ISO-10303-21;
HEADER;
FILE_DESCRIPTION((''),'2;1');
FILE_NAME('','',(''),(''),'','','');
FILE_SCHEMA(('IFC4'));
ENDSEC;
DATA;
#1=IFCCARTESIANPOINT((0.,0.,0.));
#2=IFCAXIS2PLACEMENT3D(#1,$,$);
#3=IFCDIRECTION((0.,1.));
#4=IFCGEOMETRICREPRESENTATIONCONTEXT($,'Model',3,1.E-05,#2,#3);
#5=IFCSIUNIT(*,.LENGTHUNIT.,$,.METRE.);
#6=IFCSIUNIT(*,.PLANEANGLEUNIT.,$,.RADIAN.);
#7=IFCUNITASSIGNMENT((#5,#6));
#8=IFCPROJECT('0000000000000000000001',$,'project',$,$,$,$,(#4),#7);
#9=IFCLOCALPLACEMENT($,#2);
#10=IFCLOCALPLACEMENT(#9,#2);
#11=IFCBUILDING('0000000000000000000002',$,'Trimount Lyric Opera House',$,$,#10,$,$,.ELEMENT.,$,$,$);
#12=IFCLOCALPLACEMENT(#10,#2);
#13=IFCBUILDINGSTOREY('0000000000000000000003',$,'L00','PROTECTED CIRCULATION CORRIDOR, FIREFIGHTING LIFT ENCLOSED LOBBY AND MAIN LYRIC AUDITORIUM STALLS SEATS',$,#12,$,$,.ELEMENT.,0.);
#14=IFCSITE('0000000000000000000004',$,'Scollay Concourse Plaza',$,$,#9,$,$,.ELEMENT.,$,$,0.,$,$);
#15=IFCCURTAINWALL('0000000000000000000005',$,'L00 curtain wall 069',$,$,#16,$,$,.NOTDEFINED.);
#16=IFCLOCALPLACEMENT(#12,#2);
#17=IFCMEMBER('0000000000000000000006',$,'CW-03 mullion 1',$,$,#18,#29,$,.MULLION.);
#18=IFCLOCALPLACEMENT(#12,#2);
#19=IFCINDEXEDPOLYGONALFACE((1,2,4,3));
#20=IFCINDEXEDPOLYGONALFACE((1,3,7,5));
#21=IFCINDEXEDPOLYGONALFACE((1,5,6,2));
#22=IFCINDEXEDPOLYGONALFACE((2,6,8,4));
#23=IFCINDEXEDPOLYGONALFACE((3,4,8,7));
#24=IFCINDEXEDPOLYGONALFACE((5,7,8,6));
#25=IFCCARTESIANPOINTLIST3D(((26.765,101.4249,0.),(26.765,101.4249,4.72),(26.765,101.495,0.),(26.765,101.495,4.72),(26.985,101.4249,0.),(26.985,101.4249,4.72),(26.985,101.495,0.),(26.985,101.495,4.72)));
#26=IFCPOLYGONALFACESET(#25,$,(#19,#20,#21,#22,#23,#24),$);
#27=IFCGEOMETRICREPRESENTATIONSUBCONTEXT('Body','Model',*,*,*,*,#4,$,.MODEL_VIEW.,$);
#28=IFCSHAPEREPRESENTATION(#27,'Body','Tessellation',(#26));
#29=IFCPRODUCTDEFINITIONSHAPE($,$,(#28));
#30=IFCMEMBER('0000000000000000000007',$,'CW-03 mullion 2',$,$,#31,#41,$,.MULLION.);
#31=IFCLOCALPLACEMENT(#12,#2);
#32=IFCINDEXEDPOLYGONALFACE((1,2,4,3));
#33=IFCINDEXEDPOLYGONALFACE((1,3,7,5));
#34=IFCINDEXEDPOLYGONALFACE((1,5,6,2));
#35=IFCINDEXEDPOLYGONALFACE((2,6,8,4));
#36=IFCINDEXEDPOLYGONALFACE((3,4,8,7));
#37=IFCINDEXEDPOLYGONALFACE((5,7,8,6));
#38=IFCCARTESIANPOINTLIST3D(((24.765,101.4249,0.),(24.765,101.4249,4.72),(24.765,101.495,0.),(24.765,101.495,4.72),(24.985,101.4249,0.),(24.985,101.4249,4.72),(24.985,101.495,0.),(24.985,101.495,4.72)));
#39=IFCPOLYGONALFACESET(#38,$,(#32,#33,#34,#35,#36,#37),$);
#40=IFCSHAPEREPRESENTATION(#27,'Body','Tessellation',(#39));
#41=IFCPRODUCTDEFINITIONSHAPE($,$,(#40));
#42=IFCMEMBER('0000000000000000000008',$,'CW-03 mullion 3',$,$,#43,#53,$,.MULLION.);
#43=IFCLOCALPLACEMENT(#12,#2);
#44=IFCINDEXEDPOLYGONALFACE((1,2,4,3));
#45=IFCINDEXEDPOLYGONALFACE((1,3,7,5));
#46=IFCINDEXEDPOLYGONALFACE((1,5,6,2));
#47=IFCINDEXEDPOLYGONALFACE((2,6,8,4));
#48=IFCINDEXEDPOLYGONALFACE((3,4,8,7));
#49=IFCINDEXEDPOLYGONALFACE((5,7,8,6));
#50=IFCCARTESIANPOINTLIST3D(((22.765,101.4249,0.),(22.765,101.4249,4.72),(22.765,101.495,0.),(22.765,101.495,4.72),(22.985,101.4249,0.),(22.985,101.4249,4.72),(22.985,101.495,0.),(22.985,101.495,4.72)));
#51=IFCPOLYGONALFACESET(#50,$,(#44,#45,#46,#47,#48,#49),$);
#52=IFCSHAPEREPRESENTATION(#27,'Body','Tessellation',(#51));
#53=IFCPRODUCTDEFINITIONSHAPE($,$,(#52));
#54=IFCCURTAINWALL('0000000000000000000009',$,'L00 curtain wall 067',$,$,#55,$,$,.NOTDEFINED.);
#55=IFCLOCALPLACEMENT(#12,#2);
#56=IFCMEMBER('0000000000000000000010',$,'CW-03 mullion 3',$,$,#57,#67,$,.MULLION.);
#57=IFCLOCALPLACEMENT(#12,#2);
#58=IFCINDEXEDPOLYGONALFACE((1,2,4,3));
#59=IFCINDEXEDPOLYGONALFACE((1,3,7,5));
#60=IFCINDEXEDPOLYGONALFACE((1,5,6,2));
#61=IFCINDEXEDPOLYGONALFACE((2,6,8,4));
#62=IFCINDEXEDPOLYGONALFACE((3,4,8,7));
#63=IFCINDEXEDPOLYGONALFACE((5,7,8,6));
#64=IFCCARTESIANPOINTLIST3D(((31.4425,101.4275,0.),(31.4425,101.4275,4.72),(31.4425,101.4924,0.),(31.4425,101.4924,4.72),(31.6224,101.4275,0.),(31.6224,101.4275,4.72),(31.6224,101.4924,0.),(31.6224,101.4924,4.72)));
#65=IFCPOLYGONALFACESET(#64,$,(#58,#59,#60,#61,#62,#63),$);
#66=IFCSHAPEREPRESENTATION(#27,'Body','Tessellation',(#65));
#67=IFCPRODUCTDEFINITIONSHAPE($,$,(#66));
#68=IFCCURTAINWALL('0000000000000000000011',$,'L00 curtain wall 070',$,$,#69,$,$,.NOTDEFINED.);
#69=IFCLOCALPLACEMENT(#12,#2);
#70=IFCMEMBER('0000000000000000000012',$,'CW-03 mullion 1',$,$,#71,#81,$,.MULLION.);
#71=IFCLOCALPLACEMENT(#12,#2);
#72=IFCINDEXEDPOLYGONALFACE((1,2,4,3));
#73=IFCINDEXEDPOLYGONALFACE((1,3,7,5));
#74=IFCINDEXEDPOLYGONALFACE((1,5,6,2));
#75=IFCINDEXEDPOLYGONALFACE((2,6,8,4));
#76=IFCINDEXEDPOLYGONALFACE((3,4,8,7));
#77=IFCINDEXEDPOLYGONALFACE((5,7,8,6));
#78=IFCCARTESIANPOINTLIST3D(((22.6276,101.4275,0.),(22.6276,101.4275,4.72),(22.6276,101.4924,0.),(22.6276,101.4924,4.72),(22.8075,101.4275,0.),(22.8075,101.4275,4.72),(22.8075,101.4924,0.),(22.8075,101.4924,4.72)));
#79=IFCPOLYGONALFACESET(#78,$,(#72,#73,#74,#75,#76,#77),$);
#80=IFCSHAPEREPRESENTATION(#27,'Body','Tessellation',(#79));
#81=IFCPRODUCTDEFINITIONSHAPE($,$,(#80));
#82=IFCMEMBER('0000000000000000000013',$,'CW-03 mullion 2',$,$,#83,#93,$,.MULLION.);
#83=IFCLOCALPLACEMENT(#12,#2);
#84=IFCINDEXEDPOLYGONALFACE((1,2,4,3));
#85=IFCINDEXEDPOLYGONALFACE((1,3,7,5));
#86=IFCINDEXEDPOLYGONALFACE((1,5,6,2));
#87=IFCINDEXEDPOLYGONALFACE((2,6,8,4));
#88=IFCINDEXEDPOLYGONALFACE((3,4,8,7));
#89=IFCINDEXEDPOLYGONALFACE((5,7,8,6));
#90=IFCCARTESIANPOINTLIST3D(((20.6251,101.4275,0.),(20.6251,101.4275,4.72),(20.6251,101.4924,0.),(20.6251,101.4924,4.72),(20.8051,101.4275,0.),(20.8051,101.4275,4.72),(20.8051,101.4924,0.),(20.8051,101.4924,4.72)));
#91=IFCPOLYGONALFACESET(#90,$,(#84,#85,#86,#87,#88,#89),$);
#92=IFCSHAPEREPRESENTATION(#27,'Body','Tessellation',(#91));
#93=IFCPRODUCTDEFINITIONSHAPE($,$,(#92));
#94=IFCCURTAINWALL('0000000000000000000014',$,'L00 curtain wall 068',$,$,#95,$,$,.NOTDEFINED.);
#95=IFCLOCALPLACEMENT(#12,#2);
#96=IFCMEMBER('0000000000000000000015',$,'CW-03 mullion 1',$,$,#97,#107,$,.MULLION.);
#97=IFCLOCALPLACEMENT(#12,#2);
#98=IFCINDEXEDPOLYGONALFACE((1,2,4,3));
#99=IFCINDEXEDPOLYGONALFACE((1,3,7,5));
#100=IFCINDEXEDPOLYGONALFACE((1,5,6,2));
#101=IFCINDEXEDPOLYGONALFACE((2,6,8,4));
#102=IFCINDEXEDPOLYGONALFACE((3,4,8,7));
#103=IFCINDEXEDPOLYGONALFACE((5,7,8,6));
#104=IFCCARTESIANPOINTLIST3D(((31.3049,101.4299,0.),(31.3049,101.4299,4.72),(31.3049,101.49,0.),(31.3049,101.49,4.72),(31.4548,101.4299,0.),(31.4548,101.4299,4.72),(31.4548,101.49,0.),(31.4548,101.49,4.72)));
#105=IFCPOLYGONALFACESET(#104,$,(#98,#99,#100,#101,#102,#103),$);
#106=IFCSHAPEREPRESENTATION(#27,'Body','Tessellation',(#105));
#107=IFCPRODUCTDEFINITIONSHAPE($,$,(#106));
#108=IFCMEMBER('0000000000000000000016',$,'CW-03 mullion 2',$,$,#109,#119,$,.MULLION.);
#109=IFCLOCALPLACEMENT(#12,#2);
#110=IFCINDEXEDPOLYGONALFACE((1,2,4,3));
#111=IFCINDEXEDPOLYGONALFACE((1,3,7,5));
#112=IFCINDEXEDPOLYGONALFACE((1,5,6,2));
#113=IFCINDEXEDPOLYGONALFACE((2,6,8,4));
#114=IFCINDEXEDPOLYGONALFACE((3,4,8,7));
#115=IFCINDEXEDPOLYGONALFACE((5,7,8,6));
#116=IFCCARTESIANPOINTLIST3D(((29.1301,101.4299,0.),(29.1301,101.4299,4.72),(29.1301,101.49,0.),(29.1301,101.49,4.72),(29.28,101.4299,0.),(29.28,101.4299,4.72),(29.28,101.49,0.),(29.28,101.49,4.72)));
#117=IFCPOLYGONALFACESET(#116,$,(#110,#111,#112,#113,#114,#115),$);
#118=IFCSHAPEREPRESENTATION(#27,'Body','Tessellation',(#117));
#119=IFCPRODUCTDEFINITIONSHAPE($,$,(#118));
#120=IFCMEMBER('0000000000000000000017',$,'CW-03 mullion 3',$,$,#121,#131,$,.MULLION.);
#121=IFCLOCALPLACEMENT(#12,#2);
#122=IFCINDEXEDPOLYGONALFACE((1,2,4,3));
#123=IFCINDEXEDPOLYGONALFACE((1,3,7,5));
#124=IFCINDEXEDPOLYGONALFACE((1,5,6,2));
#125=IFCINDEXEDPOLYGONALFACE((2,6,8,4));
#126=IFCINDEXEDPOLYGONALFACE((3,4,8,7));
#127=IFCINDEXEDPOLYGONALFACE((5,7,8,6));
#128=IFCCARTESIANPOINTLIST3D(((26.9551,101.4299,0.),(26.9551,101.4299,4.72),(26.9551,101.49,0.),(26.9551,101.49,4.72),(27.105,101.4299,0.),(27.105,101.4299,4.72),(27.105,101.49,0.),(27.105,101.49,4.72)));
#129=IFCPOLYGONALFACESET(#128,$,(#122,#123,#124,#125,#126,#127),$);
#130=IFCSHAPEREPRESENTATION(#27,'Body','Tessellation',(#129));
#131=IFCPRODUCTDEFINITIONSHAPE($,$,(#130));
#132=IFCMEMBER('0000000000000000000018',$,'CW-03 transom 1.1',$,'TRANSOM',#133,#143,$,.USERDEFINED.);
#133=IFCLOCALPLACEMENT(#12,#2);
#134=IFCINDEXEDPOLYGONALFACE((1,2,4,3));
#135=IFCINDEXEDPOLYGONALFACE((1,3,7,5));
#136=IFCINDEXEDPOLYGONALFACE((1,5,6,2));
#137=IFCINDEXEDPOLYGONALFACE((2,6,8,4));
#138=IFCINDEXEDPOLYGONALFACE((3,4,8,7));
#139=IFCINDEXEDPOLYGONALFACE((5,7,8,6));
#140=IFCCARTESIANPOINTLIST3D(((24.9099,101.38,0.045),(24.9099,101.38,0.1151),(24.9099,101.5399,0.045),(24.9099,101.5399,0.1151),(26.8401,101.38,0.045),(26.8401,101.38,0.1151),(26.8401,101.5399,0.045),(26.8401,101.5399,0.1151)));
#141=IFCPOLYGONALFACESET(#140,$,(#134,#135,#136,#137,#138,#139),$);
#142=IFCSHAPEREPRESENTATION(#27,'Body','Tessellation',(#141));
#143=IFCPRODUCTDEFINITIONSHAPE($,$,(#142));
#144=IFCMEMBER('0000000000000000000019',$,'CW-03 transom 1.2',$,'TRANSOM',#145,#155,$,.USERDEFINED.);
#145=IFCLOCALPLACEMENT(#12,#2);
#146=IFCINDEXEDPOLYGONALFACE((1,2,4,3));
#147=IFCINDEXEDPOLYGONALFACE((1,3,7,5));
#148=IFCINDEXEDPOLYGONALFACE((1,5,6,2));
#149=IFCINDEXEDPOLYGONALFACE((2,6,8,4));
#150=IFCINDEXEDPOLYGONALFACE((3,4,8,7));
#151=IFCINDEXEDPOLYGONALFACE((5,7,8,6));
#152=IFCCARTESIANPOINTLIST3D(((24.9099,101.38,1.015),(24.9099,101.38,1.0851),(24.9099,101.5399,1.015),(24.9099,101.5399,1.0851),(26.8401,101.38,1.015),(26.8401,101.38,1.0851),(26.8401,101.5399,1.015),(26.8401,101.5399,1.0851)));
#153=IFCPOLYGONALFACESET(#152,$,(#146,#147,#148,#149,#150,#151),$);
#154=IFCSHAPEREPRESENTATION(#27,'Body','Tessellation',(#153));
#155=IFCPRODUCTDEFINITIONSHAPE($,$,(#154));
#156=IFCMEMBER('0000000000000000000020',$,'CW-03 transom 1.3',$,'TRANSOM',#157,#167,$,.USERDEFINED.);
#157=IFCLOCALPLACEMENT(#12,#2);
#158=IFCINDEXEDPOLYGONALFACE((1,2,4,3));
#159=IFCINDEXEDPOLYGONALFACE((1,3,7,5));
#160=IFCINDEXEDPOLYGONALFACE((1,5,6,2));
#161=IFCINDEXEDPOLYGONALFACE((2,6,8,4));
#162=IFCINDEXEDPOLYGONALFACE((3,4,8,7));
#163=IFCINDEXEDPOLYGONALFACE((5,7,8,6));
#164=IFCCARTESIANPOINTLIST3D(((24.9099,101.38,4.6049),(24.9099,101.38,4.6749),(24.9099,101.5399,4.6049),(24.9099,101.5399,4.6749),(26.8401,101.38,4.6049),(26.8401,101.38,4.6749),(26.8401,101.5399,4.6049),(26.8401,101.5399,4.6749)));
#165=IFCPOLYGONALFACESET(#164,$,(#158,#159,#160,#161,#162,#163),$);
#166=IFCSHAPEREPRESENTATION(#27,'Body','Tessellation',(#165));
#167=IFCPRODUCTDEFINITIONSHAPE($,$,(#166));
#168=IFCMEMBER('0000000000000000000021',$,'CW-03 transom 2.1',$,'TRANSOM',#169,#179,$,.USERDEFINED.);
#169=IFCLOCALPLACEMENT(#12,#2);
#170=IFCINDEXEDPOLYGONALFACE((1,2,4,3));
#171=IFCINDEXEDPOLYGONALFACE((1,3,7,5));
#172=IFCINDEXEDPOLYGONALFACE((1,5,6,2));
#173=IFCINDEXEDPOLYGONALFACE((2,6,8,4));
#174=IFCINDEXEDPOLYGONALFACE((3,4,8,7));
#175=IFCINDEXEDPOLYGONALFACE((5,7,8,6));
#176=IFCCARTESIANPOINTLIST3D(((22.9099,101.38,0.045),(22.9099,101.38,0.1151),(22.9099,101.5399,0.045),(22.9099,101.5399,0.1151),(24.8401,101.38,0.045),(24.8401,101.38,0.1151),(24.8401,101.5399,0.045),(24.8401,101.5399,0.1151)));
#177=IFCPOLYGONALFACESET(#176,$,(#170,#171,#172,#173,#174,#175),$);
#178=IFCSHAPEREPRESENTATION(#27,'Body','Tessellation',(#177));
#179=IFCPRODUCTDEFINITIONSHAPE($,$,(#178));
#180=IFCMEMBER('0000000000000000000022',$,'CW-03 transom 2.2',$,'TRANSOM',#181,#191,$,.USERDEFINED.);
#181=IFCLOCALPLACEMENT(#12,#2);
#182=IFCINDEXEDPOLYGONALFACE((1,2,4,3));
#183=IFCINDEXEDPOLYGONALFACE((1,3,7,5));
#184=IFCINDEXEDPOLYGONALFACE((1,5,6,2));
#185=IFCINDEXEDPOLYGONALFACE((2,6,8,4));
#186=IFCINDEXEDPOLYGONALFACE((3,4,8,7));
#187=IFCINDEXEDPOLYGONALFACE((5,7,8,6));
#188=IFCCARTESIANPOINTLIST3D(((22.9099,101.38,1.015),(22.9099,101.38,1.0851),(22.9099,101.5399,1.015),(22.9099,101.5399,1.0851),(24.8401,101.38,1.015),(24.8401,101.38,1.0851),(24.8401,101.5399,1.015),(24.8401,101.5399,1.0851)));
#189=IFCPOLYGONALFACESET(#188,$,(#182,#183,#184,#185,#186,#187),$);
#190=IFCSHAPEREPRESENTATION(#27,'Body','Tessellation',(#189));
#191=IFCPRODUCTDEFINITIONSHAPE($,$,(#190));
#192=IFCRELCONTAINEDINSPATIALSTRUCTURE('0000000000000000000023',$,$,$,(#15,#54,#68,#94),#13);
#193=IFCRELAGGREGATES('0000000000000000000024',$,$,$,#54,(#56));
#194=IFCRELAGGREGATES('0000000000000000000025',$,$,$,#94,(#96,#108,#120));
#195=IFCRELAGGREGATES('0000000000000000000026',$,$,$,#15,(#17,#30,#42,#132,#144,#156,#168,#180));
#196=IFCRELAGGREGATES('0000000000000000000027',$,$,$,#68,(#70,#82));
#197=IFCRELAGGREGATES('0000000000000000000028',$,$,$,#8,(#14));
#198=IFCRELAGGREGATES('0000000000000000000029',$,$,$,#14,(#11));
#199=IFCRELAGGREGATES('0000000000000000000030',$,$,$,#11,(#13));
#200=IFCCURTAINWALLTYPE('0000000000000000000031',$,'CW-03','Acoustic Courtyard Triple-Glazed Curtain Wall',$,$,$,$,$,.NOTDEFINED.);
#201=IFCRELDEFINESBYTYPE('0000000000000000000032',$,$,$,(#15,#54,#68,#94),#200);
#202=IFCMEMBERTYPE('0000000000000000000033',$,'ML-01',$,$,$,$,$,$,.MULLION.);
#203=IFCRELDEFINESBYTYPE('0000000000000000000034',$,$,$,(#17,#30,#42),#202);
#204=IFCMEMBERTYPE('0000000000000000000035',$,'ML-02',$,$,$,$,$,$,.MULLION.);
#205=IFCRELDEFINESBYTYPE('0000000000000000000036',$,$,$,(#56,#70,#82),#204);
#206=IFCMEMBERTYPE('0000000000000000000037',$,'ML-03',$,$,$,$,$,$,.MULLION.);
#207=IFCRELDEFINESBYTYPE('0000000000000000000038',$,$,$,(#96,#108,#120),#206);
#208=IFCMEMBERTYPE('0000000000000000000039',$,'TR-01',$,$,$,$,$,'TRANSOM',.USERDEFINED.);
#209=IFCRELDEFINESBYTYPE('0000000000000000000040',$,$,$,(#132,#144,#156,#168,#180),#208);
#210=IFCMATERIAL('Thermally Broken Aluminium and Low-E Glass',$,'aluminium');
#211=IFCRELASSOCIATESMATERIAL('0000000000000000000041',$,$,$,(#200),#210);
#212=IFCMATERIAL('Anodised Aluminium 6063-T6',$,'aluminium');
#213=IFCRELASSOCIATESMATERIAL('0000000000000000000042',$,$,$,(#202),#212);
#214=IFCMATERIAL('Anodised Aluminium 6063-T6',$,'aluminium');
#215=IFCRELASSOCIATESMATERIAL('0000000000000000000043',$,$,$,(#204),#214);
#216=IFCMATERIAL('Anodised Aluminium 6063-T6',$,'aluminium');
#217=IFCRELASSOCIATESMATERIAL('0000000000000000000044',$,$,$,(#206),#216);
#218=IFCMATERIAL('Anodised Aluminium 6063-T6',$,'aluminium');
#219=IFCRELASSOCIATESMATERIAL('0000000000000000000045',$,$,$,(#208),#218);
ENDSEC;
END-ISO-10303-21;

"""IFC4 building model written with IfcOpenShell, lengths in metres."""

from ifc_helpers import new_model, si_unit, direction, frame, origin, origin_2d, place, context, subcontext, project, spatial, rectangle, extrude, material, material_profile, profile_set, type_object, element, aggregate, save


model = new_model("IFC4")

# Units and contexts
model_context = context("Model", 3, precision=1e-05, world=origin(), true_north=direction((0.0, 1.0)))
body_context = subcontext(model_context, "Body", "Model", "MODEL_VIEW")
ifc_project = project(units=[si_unit("LENGTHUNIT", "METRE"), si_unit("PLANEANGLEUNIT", "RADIAN")], contexts=[model_context])

# Site, building, storey
site_placement = place(None, origin())
site = spatial("IfcSite", under=ifc_project, at=site_placement, Name="Scollay Concourse Plaza", CompositionType="ELEMENT", RefElevation=0.0)
building_placement = place(site_placement, origin())
building = spatial("IfcBuilding", under=site, at=building_placement, Name="Trimount Lyric Opera House", CompositionType="ELEMENT")
storey_placement = place(building_placement, origin())
storey = spatial("IfcBuildingStorey", under=building, at=storey_placement, Name="L00", Description="PROTECTED CIRCULATION CORRIDOR, FIREFIGHTING LIFT ENCLOSED LOBBY AND MAIN LYRIC AUDITORIUM STALLS SEATS", CompositionType="ELEMENT", Elevation=0.0)

# Curtain wall, members
ifc_material_1 = material(Name="Thermally Broken Aluminium and Low-E Glass", Category="aluminium")
curtain_wall_type = type_object("IfcCurtainWallType", Name="CW-03", Description="Acoustic Courtyard Triple-Glazed Curtain Wall", PredefinedType="NOTDEFINED", material=ifc_material_1)
curtain_wall_1_placement = place(storey_placement, origin())
curtain_wall_1 = element("IfcCurtainWall", 1, at=curtain_wall_1_placement, inside=storey, type_object=curtain_wall_type, Name="L00 curtain wall 069", PredefinedType="NOTDEFINED")
ifc_material_2 = material(Name="Anodised Aluminium 6063-T6", Category="aluminium")
ifc_material_profile_1 = material_profile(ifc_material_2, rectangle(XDim=0.0701, YDim=0.22, at=origin_2d()), Name="ALU-MULL-70X220")
ifc_profile_set_1 = profile_set([ifc_material_profile_1], Name="Anodised Aluminium 6063-T6")
member_type_1 = type_object("IfcMemberType", Name="ML-01", PredefinedType="MULLION", material=ifc_profile_set_1)
member_1_placement = place(storey_placement, frame((26.875, 101.46, 0.0), z_axis=(0.0, 0.0, 1.0), x_axis=(0.0, -1.0, 0.0)))
member_1 = element("IfcMember", 2, at=member_1_placement, type_object=member_type_1, Name="CW-03 mullion 1", PredefinedType="MULLION", context=body_context, shape_type="SweptSolid", body=[
    extrude(rectangle(XDim=0.0701, YDim=0.22, at=origin_2d()), origin(), (0.0, 0.0, 1.0), 4.72),
])
member_2_placement = place(storey_placement, frame((24.875, 101.46, 0.0), z_axis=(0.0, 0.0, 1.0), x_axis=(0.0, -1.0, 0.0)))
member_2 = element("IfcMember", 3, at=member_2_placement, type_object=member_type_1, Name="CW-03 mullion 2", PredefinedType="MULLION", context=body_context, shape_type="SweptSolid", body=[
    extrude(rectangle(XDim=0.0701, YDim=0.22, at=origin_2d()), origin(), (0.0, 0.0, 1.0), 4.72),
])
member_3_placement = place(storey_placement, frame((22.875, 101.46, 0.0), z_axis=(0.0, 0.0, 1.0), x_axis=(0.0, -1.0, 0.0)))
member_3 = element("IfcMember", 4, at=member_3_placement, type_object=member_type_1, Name="CW-03 mullion 3", PredefinedType="MULLION", context=body_context, shape_type="SweptSolid", body=[
    extrude(rectangle(XDim=0.0701, YDim=0.22, at=origin_2d()), origin(), (0.0, 0.0, 1.0), 4.72),
])

# Curtain wall, member
curtain_wall_2_placement = place(storey_placement, origin())
curtain_wall_2 = element("IfcCurtainWall", 5, at=curtain_wall_2_placement, inside=storey, type_object=curtain_wall_type, Name="L00 curtain wall 067", PredefinedType="NOTDEFINED")
ifc_material_3 = material(Name="Anodised Aluminium 6063-T6", Category="aluminium")
ifc_material_profile_2 = material_profile(ifc_material_3, rectangle(XDim=0.0649, YDim=0.1799, at=origin_2d()), Name="ALU-MULL-65X180")
ifc_profile_set_2 = profile_set([ifc_material_profile_2], Name="Anodised Aluminium 6063-T6")
member_type_2 = type_object("IfcMemberType", Name="ML-02", PredefinedType="MULLION", material=ifc_profile_set_2)
member_4_placement = place(storey_placement, frame((31.5325, 101.46, 0.0), z_axis=(0.0, 0.0, 1.0), x_axis=(0.0, -1.0, 0.0)))
member_4 = element("IfcMember", 6, at=member_4_placement, type_object=member_type_2, Name="CW-03 mullion 3", PredefinedType="MULLION", context=body_context, shape_type="SweptSolid", body=[
    extrude(rectangle(XDim=0.0649, YDim=0.1799, at=origin_2d()), origin(), (0.0, 0.0, 1.0), 4.72),
])

# Curtain walls, members
curtain_wall_3_placement = place(storey_placement, origin())
curtain_wall_3 = element("IfcCurtainWall", 7, at=curtain_wall_3_placement, inside=storey, type_object=curtain_wall_type, Name="L00 curtain wall 070", PredefinedType="NOTDEFINED")
member_5_placement = place(storey_placement, frame((22.7175, 101.46, 0.0), z_axis=(0.0, 0.0, 1.0), x_axis=(0.0, -1.0, 0.0)))
member_5 = element("IfcMember", 8, at=member_5_placement, type_object=member_type_2, Name="CW-03 mullion 1", PredefinedType="MULLION", context=body_context, shape_type="SweptSolid", body=[
    extrude(rectangle(XDim=0.0649, YDim=0.1799, at=origin_2d()), origin(), (0.0, 0.0, 1.0), 4.72),
])
member_6_placement = place(storey_placement, frame((20.7151, 101.46, 0.0), z_axis=(0.0, 0.0, 1.0), x_axis=(0.0, -1.0, 0.0)))
member_6 = element("IfcMember", 9, at=member_6_placement, type_object=member_type_2, Name="CW-03 mullion 2", PredefinedType="MULLION", context=body_context, shape_type="SweptSolid", body=[
    extrude(rectangle(XDim=0.0649, YDim=0.1799, at=origin_2d()), origin(), (0.0, 0.0, 1.0), 4.72),
])
curtain_wall_4_placement = place(storey_placement, origin())
curtain_wall_4 = element("IfcCurtainWall", 10, at=curtain_wall_4_placement, inside=storey, type_object=curtain_wall_type, Name="L00 curtain wall 068", PredefinedType="NOTDEFINED")
ifc_material_4 = material(Name="Anodised Aluminium 6063-T6", Category="aluminium")
ifc_material_profile_3 = material_profile(ifc_material_4, rectangle(XDim=0.0601, YDim=0.1499, at=origin_2d()), Name="ALU-MULL-60X150")
ifc_profile_set_3 = profile_set([ifc_material_profile_3], Name="Anodised Aluminium 6063-T6")
member_type_3 = type_object("IfcMemberType", Name="ML-03", PredefinedType="MULLION", material=ifc_profile_set_3)
member_7_placement = place(storey_placement, frame((31.3799, 101.46, 0.0), z_axis=(0.0, 0.0, 1.0), x_axis=(0.0, -1.0, 0.0)))
member_7 = element("IfcMember", 11, at=member_7_placement, type_object=member_type_3, Name="CW-03 mullion 1", PredefinedType="MULLION", context=body_context, shape_type="SweptSolid", body=[
    extrude(rectangle(XDim=0.0601, YDim=0.1499, at=origin_2d()), origin(), (0.0, 0.0, 1.0), 4.72),
])
member_8_placement = place(storey_placement, frame((29.2051, 101.46, 0.0), z_axis=(0.0, 0.0, 1.0), x_axis=(0.0, -1.0, 0.0)))
member_8 = element("IfcMember", 12, at=member_8_placement, type_object=member_type_3, Name="CW-03 mullion 2", PredefinedType="MULLION", context=body_context, shape_type="SweptSolid", body=[
    extrude(rectangle(XDim=0.0601, YDim=0.1499, at=origin_2d()), origin(), (0.0, 0.0, 1.0), 4.72),
])
member_9_placement = place(storey_placement, frame((27.03, 101.46, 0.0), z_axis=(0.0, 0.0, 1.0), x_axis=(0.0, -1.0, 0.0)))
member_9 = element("IfcMember", 13, at=member_9_placement, type_object=member_type_3, Name="CW-03 mullion 3", PredefinedType="MULLION", context=body_context, shape_type="SweptSolid", body=[
    extrude(rectangle(XDim=0.0601, YDim=0.1499, at=origin_2d()), origin(), (0.0, 0.0, 1.0), 4.72),
])

# Members
ifc_material_5 = material(Name="Anodised Aluminium 6063-T6", Category="aluminium")
ifc_material_profile_4 = material_profile(ifc_material_5, rectangle(XDim=0.1599, YDim=0.0701, at=origin_2d()), Name="ALU-TRAN-70X160")
ifc_profile_set_4 = profile_set([ifc_material_profile_4], Name="Anodised Aluminium 6063-T6")
member_type_4 = type_object("IfcMemberType", Name="TR-01", ElementType="TRANSOM", PredefinedType="USERDEFINED", material=ifc_profile_set_4)
member_10_placement = place(storey_placement, frame((26.8401, 101.46, 0.0801), z_axis=(-1.0, 0.0, 0.0), x_axis=(0.0, -1.0, 0.0)))
member_10 = element("IfcMember", 14, at=member_10_placement, type_object=member_type_4, Name="CW-03 transom 1.1", ObjectType="TRANSOM", PredefinedType="USERDEFINED", context=body_context, shape_type="SweptSolid", body=[
    extrude(rectangle(XDim=0.1599, YDim=0.0701, at=origin_2d()), origin(), (0.0, 0.0, 1.0), 1.9302),
])
member_11_placement = place(storey_placement, frame((26.8401, 101.46, 1.05), z_axis=(-1.0, 0.0, 0.0), x_axis=(0.0, -1.0, 0.0)))
member_11 = element("IfcMember", 15, at=member_11_placement, type_object=member_type_4, Name="CW-03 transom 1.2", ObjectType="TRANSOM", PredefinedType="USERDEFINED", context=body_context, shape_type="SweptSolid", body=[
    extrude(rectangle(XDim=0.1599, YDim=0.0701, at=origin_2d()), origin(), (0.0, 0.0, 1.0), 1.9302),
])
member_12_placement = place(storey_placement, frame((26.8401, 101.46, 4.6399), z_axis=(-1.0, 0.0, 0.0), x_axis=(0.0, -1.0, 0.0)))
member_12 = element("IfcMember", 16, at=member_12_placement, type_object=member_type_4, Name="CW-03 transom 1.3", ObjectType="TRANSOM", PredefinedType="USERDEFINED", context=body_context, shape_type="SweptSolid", body=[
    extrude(rectangle(XDim=0.1599, YDim=0.0701, at=origin_2d()), origin(), (0.0, 0.0, 1.0), 1.9302),
])
member_13_placement = place(storey_placement, frame((24.8401, 101.46, 0.0801), z_axis=(-1.0, 0.0, 0.0), x_axis=(0.0, -1.0, 0.0)))
member_13 = element("IfcMember", 17, at=member_13_placement, type_object=member_type_4, Name="CW-03 transom 2.1", ObjectType="TRANSOM", PredefinedType="USERDEFINED", context=body_context, shape_type="SweptSolid", body=[
    extrude(rectangle(XDim=0.1599, YDim=0.0701, at=origin_2d()), origin(), (0.0, 0.0, 1.0), 1.9302),
])
member_14_placement = place(storey_placement, frame((24.8401, 101.46, 1.05), z_axis=(-1.0, 0.0, 0.0), x_axis=(0.0, -1.0, 0.0)))
member_14 = element("IfcMember", 18, at=member_14_placement, type_object=member_type_4, Name="CW-03 transom 2.2", ObjectType="TRANSOM", PredefinedType="USERDEFINED", context=body_context, shape_type="SweptSolid", body=[
    extrude(rectangle(XDim=0.1599, YDim=0.0701, at=origin_2d()), origin(), (0.0, 0.0, 1.0), 1.9302),
])

aggregate(curtain_wall_2, [member_4])
aggregate(curtain_wall_4, [member_7, member_8, member_9])
aggregate(curtain_wall_1, [member_1, member_2, member_3, member_10, member_11, member_12, member_13, member_14])
aggregate(curtain_wall_3, [member_5, member_6])

save(model, "model.ifc")
